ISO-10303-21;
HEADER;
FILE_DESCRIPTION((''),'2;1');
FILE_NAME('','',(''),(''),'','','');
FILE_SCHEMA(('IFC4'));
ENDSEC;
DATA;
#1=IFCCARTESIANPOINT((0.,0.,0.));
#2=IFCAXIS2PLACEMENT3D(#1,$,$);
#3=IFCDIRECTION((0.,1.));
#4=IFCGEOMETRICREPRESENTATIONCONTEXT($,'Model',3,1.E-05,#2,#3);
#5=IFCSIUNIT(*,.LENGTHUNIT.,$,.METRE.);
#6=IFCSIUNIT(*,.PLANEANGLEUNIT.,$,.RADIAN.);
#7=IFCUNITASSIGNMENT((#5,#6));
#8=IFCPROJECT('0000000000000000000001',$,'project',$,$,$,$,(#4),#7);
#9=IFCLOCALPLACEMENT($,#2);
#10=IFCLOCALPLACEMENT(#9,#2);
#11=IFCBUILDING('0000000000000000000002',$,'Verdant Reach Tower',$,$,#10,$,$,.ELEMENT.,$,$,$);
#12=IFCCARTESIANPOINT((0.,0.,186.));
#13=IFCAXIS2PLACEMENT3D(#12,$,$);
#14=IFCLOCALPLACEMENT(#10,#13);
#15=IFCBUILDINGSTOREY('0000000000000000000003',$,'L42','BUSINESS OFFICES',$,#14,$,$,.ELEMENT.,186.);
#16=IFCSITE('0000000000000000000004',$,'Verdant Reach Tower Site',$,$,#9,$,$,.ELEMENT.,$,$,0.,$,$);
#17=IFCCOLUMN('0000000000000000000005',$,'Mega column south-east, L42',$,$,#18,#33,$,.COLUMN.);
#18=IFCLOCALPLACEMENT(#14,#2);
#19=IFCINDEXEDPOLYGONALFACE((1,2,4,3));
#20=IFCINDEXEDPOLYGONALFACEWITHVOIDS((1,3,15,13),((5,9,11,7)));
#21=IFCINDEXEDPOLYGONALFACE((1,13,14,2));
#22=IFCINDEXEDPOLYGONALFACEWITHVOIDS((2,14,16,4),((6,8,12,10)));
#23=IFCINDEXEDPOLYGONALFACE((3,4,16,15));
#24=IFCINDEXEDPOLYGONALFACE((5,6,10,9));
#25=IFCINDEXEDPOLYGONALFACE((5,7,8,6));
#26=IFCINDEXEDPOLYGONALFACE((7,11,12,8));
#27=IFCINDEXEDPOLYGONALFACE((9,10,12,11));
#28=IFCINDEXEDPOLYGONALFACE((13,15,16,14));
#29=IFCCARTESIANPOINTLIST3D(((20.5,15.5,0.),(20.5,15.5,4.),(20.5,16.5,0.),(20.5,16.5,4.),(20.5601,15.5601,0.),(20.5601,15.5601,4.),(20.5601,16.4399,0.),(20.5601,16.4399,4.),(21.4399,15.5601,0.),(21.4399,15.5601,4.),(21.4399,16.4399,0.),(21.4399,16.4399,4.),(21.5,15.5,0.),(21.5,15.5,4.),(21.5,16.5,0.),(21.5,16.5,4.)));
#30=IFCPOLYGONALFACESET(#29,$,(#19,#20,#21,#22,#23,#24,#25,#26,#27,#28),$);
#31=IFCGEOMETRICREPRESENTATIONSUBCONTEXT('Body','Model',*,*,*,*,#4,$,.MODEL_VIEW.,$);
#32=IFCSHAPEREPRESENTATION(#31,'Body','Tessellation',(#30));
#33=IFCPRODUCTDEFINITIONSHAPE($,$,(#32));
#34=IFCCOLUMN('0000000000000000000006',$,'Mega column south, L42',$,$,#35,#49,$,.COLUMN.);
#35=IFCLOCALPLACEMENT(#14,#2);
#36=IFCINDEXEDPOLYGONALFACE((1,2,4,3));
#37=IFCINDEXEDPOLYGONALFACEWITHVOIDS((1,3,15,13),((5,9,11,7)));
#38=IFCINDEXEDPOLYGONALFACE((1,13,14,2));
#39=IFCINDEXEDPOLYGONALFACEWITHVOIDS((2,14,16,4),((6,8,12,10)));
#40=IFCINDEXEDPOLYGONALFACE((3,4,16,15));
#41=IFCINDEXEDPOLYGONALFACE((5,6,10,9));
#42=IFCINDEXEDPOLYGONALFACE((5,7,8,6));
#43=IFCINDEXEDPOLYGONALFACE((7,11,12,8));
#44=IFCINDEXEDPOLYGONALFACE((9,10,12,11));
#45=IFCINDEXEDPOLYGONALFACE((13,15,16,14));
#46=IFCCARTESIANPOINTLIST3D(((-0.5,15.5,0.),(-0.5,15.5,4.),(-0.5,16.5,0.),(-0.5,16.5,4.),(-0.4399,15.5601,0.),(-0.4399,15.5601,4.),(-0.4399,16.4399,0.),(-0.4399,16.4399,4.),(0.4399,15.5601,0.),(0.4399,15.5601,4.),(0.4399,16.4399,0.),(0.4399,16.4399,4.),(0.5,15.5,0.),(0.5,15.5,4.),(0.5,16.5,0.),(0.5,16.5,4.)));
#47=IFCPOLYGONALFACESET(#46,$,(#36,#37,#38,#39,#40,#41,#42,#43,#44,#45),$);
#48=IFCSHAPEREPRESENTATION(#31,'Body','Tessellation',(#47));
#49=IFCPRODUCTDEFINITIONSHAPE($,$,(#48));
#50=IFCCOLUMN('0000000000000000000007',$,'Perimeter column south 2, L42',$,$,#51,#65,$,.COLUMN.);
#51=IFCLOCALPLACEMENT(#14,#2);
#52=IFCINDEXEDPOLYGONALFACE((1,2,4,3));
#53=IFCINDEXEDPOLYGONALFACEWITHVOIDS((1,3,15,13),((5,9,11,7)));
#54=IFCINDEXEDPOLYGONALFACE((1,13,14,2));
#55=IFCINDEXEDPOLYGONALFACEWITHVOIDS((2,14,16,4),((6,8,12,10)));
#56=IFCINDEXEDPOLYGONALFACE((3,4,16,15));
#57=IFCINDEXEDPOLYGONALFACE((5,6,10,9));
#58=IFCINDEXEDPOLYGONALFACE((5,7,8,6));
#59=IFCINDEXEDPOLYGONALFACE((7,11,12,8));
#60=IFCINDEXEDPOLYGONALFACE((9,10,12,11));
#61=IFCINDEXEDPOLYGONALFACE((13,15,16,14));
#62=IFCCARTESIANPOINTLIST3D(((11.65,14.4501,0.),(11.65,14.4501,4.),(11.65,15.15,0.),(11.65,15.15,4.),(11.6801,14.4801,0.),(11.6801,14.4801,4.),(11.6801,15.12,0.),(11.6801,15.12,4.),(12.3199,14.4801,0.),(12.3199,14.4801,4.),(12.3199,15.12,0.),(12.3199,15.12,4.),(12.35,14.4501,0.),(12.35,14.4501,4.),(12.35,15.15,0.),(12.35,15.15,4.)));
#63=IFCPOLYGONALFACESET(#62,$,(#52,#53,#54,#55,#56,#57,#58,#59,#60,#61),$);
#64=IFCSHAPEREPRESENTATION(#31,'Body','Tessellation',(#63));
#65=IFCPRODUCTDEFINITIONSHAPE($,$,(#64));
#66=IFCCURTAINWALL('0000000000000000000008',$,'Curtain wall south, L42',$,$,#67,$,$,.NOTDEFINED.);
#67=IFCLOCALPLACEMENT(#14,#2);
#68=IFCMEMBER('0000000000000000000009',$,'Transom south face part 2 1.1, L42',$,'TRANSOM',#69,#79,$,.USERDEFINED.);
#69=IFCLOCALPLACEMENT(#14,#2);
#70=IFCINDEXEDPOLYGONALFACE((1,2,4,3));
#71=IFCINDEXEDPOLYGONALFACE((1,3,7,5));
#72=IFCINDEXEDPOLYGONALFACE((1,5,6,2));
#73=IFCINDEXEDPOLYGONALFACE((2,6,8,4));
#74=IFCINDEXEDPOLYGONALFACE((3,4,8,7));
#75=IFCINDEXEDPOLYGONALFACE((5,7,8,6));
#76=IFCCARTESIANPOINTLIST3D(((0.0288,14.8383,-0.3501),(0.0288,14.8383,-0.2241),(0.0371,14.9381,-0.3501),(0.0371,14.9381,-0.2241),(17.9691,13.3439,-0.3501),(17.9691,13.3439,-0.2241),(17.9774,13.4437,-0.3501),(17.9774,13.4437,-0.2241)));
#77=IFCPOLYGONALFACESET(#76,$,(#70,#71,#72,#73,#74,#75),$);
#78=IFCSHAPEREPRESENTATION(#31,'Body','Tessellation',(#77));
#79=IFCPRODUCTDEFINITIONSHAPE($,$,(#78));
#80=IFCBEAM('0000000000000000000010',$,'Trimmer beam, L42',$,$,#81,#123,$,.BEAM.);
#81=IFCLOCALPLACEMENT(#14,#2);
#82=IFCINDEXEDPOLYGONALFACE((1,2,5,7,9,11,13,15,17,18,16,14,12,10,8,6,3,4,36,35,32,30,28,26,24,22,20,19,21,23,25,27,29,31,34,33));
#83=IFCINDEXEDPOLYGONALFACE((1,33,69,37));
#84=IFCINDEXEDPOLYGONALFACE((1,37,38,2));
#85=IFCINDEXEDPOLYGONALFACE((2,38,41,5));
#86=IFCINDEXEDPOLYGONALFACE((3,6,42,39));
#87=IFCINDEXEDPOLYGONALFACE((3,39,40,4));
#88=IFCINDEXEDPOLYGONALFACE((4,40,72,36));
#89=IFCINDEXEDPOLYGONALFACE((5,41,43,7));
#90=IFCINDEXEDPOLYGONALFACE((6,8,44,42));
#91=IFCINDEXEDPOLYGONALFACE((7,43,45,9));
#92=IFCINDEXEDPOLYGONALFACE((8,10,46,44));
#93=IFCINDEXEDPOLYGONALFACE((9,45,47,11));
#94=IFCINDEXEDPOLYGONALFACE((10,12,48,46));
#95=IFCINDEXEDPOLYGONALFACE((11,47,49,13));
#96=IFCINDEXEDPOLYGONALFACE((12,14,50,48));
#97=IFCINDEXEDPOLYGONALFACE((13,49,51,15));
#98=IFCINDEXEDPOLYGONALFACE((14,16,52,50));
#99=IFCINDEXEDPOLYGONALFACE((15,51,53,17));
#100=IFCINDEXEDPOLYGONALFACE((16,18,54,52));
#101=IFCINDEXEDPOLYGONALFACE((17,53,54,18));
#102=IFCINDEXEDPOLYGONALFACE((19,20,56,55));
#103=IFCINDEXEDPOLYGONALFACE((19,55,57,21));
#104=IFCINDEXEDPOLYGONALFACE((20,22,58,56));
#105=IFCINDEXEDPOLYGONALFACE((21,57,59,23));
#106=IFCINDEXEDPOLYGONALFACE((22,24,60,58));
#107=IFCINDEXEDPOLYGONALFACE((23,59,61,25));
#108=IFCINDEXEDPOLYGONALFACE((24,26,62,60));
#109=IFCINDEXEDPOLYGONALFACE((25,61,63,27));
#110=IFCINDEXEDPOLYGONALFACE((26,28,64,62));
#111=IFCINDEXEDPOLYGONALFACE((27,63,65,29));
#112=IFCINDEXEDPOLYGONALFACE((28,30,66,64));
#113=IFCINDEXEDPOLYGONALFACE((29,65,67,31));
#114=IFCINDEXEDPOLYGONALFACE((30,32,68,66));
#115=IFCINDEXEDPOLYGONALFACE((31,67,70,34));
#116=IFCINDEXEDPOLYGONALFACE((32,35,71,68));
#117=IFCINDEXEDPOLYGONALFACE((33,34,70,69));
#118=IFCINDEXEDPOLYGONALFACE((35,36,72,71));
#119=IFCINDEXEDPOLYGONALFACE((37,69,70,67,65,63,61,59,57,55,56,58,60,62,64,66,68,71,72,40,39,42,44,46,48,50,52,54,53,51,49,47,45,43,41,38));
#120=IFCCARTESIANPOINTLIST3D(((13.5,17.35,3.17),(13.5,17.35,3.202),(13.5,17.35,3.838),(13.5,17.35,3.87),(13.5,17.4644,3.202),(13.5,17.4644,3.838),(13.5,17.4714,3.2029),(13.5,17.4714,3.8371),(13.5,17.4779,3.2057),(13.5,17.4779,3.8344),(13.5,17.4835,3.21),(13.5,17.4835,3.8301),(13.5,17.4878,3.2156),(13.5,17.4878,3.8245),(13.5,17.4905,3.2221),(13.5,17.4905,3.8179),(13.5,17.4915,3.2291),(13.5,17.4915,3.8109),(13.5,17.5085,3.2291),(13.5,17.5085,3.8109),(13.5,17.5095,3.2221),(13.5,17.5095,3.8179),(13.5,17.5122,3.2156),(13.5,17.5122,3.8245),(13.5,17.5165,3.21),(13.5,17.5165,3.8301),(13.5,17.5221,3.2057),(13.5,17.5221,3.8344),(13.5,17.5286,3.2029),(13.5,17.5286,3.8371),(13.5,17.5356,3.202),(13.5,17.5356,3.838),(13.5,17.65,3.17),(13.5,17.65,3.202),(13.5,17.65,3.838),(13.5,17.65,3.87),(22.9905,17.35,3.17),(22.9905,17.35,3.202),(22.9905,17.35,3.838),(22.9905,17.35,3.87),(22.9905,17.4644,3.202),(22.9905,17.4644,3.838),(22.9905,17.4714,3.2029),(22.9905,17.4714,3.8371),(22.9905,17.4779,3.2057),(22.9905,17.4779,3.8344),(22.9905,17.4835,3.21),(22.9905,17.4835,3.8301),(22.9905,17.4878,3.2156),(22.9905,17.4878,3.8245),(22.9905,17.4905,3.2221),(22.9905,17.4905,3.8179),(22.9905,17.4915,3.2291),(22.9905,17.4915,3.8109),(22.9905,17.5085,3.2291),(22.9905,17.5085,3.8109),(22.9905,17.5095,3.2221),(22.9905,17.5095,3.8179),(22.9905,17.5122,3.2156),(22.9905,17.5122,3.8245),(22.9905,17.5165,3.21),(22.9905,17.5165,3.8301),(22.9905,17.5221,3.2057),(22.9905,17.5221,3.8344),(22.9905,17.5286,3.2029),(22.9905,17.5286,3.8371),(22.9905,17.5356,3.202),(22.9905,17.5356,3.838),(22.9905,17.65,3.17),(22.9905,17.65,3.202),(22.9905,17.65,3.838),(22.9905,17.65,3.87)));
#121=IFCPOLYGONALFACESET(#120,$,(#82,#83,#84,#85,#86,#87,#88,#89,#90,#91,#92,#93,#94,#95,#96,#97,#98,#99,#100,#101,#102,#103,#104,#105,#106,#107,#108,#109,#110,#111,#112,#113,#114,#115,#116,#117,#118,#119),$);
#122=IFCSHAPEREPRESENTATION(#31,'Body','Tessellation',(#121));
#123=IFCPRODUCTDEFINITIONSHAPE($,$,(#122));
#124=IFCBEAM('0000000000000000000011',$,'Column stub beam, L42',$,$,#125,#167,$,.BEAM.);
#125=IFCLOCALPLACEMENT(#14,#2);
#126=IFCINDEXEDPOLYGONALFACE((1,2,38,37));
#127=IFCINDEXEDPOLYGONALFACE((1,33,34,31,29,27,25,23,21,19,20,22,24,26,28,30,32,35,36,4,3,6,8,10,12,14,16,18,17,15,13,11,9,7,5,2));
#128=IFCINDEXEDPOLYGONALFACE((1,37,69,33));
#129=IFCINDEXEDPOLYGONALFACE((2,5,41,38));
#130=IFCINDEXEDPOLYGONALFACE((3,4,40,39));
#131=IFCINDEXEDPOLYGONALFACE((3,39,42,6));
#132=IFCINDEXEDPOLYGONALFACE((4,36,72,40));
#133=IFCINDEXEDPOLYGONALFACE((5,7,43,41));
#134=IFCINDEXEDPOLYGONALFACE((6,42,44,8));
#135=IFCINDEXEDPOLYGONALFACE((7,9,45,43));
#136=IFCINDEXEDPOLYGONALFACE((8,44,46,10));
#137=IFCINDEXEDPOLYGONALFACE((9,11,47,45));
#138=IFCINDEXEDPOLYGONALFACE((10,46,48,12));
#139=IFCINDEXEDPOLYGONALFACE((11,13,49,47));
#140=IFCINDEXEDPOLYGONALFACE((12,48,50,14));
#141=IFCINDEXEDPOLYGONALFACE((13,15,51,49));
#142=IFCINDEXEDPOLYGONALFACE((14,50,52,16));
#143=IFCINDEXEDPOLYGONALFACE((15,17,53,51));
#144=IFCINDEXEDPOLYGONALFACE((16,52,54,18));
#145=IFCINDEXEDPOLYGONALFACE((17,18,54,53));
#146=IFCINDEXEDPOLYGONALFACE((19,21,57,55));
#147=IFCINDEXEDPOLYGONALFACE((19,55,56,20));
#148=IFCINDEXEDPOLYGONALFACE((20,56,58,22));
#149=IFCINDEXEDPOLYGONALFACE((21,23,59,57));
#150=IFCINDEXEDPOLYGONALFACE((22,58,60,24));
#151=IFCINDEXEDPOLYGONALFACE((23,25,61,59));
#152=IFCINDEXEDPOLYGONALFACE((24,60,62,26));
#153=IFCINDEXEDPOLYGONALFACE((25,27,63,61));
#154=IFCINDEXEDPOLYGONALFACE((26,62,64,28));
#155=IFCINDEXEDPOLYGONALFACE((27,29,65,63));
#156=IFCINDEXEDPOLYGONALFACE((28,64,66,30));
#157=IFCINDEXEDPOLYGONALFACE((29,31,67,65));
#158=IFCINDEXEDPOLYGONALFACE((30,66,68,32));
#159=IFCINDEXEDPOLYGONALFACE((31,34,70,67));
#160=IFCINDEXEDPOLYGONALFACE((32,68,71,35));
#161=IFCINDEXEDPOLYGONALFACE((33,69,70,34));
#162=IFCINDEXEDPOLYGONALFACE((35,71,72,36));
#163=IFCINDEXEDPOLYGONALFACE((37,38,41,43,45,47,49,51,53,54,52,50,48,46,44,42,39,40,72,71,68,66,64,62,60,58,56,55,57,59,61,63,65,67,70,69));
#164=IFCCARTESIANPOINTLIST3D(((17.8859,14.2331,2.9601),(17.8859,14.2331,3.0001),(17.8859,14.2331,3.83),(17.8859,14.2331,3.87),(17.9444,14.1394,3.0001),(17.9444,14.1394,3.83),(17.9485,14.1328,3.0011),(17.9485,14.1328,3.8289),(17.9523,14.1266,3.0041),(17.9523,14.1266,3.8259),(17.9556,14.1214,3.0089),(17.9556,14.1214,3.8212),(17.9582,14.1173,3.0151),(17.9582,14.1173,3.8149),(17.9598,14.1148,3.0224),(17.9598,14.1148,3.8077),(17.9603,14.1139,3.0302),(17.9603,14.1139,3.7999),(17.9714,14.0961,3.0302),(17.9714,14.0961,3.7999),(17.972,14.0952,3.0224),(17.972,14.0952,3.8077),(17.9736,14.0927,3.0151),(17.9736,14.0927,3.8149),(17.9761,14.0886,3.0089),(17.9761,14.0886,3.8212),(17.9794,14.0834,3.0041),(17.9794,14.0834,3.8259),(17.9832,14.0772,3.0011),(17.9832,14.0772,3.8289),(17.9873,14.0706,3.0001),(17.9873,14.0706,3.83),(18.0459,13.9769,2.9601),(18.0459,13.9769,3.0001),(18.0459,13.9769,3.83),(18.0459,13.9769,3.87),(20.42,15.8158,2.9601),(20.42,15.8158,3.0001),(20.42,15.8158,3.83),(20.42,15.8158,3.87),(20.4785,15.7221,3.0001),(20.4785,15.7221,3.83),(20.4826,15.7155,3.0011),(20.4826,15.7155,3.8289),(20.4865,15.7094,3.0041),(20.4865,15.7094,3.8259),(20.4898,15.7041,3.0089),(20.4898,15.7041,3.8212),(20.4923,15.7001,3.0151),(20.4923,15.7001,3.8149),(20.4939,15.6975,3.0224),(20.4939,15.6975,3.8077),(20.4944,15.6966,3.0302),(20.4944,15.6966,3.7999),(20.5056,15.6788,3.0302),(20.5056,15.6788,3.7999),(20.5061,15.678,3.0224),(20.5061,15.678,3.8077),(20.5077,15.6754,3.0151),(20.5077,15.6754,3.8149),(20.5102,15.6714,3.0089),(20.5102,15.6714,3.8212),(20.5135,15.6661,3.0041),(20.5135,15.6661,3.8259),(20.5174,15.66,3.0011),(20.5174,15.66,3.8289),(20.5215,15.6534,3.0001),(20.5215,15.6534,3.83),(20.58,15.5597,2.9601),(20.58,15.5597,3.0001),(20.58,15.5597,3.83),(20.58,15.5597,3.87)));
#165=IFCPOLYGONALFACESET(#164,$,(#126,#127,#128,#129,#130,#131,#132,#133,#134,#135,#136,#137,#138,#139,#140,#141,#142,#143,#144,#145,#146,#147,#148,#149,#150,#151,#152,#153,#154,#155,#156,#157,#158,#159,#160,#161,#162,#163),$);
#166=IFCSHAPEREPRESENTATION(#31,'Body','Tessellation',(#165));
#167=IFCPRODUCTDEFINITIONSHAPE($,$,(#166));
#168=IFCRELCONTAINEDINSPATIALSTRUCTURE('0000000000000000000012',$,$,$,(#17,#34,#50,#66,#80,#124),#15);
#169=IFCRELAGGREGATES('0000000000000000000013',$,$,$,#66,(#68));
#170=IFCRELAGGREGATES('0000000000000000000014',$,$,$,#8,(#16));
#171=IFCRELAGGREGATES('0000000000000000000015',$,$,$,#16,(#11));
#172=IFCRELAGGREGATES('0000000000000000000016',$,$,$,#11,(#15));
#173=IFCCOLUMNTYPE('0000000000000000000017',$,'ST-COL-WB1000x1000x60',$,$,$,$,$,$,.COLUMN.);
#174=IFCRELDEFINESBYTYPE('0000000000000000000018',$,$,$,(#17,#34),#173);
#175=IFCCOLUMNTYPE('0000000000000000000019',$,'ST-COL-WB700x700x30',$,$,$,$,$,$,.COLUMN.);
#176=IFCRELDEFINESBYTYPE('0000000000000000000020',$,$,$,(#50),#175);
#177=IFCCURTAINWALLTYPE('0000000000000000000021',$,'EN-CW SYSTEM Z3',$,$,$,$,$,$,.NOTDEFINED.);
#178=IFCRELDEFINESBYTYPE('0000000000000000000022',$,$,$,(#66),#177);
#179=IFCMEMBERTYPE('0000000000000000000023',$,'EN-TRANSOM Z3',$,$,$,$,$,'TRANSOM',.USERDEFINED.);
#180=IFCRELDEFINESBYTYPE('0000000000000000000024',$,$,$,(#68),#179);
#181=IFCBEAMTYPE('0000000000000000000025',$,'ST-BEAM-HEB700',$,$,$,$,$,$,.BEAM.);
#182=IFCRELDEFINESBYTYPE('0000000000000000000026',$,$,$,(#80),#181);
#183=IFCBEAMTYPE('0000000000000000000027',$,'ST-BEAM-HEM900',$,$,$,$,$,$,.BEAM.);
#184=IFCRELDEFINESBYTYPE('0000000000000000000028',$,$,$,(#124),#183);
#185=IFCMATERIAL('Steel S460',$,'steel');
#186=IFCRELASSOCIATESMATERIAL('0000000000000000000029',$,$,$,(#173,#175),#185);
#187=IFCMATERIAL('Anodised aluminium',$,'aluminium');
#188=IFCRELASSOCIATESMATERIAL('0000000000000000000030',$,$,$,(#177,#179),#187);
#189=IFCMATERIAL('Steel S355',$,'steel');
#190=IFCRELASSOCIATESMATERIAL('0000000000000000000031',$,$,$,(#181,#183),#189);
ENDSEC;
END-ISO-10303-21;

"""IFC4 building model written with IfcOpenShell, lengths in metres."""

from ifc_helpers import new_model, si_unit, direction, frame, origin, origin_2d, place, context, subcontext, project, spatial, rectangle, hollow_rectangle, i_section, extrude, material, material_profile, profile_set, type_object, element, aggregate, save


model = new_model("IFC4")

# Units and contexts
model_context = context("Model", 3, precision=1e-05, world=origin(), true_north=direction((0.0, 1.0)))
body_context = subcontext(model_context, "Body", "Model", "MODEL_VIEW")
ifc_project = project(units=[si_unit("LENGTHUNIT", "METRE"), si_unit("PLANEANGLEUNIT", "RADIAN")], contexts=[model_context])

# Site, building, storey
site_placement = place(None, origin())
site = spatial("IfcSite", under=ifc_project, at=site_placement, Name="Verdant Reach Tower Site", CompositionType="ELEMENT", RefElevation=0.0)
building_placement = place(site_placement, origin())
building = spatial("IfcBuilding", under=site, at=building_placement, Name="Verdant Reach Tower", CompositionType="ELEMENT")
storey_placement = place(building_placement, frame((0.0, 0.0, 186.0)))
storey = spatial("IfcBuildingStorey", under=building, at=storey_placement, Name="L42", Description="BUSINESS OFFICES", CompositionType="ELEMENT", Elevation=186.0)

# Columns
ifc_material_1 = material(Name="Steel S460", Category="steel")
ifc_material_profile_1 = material_profile(ifc_material_1, hollow_rectangle(XDim=1.0, YDim=1.0, WallThickness=0.0601, at=origin_2d()), Name="WB 1000x1000x60")
ifc_profile_set_1 = profile_set([ifc_material_profile_1], Name="Steel S460")
column_type_1 = type_object("IfcColumnType", Name="ST-COL-WB1000x1000x60", PredefinedType="COLUMN", material=ifc_profile_set_1)
for number, where, z_axis, x_axis, name in (
    (1, (21.0, 16.0, 0.0), (0.0, 0.0, 1.0), (1.0, 0.0, 0.0), "Mega column south-east, L42"),
    (2, (0.0, 16.0, 0.0), (0.0, 0.0, 1.0), (1.0, 0.0, 0.0), "Mega column south, L42"),
):
    element("IfcColumn", number, at=place(storey_placement, frame(where, z_axis=z_axis, x_axis=x_axis)), inside=storey, type_object=column_type_1, Name=name, PredefinedType="COLUMN", context=body_context, shape_type="SweptSolid", body=[
        extrude(hollow_rectangle(XDim=1.0, YDim=1.0, WallThickness=0.0601, at=origin_2d()), origin(), (0.0, 0.0, 1.0), 4.0),
    ])
ifc_material_profile_2 = material_profile(ifc_material_1, hollow_rectangle(XDim=0.7, YDim=0.7, WallThickness=0.03, at=origin_2d()), Name="WB 700x700x30")
ifc_profile_set_2 = profile_set([ifc_material_profile_2], Name="Steel S460")
column_type_2 = type_object("IfcColumnType", Name="ST-COL-WB700x700x30", PredefinedType="COLUMN", material=ifc_profile_set_2)
column_placement = place(storey_placement, frame((12.0, 14.8, 0.0), z_axis=(0.0, 0.0, 1.0), x_axis=(1.0, 0.0, 0.0)))
element("IfcColumn", 3, at=column_placement, inside=storey, type_object=column_type_2, Name="Perimeter column south 2, L42", PredefinedType="COLUMN", context=body_context, shape_type="SweptSolid", body=[
    extrude(hollow_rectangle(XDim=0.7, YDim=0.7, WallThickness=0.03, at=origin_2d()), origin(), (0.0, 0.0, 1.0), 4.0),
])

# Curtain wall, member
ifc_material_2 = material(Name="Anodised aluminium", Category="aluminium")
curtain_wall_type = type_object("IfcCurtainWallType", Name="EN-CW SYSTEM Z3", PredefinedType="NOTDEFINED", material=ifc_material_2)
curtain_wall_1_placement = place(storey_placement, origin())
curtain_wall_1 = element("IfcCurtainWall", 4, at=curtain_wall_1_placement, inside=storey, type_object=curtain_wall_type, Name="Curtain wall south, L42", PredefinedType="NOTDEFINED")
ifc_material_profile_3 = material_profile(ifc_material_2, rectangle(XDim=0.1001, YDim=0.126, at=origin_2d()), Name="Transom 126x100")
ifc_profile_set_3 = profile_set([ifc_material_profile_3], Name="Anodised aluminium")
member_type = type_object("IfcMemberType", Name="EN-TRANSOM Z3", ElementType="TRANSOM", PredefinedType="USERDEFINED", material=ifc_profile_set_3)
member_placement = place(storey_placement, frame((0.033, 14.8882, -0.2871), z_axis=(0.996549, -0.08301, 0.0), x_axis=(0.08301, 0.996549, 0.0)))
member = element("IfcMember", 5, at=member_placement, type_object=member_type, Name="Transom south face part 2 1.1, L42", ObjectType="TRANSOM", PredefinedType="USERDEFINED", context=body_context, shape_type="SweptSolid", body=[
    extrude(rectangle(XDim=0.1001, YDim=0.126, at=origin_2d()), origin(), (0.0, 0.0, 1.0), 18.0024),
])

# Beams
ifc_material_3 = material(Name="Steel S355", Category="steel")
ifc_material_profile_4 = material_profile(ifc_material_3, i_section(OverallWidth=0.3, OverallDepth=0.7, WebThickness=0.0171, FlangeThickness=0.032, FilletRadius=0.0271, at=origin_2d()), Name="HEB 700")
ifc_profile_set_4 = profile_set([ifc_material_profile_4], Name="Steel S355")
beam_type_1 = type_object("IfcBeamType", Name="ST-BEAM-HEB700", PredefinedType="BEAM", material=ifc_profile_set_4)
beam_1_placement = place(storey_placement, frame((13.5, 17.5, 3.52), z_axis=(1.0, 0.0, 0.0), x_axis=(0.0, 1.0, 0.0)))
element("IfcBeam", 6, at=beam_1_placement, inside=storey, type_object=beam_type_1, Name="Trimmer beam, L42", PredefinedType="BEAM", context=body_context, shape_type="SweptSolid", body=[
    extrude(i_section(OverallWidth=0.3, OverallDepth=0.7, WebThickness=0.0171, FlangeThickness=0.032, FilletRadius=0.0271, at=origin_2d()), origin(), (0.0, 0.0, 1.0), 9.4905),
])
ifc_material_profile_5 = material_profile(ifc_material_3, i_section(OverallWidth=0.302, OverallDepth=0.9099, WebThickness=0.021, FlangeThickness=0.04, FilletRadius=0.03, at=origin_2d()), Name="HEM 900")
ifc_profile_set_5 = profile_set([ifc_material_profile_5], Name="Steel S355")
beam_type_2 = type_object("IfcBeamType", Name="ST-BEAM-HEM900", PredefinedType="BEAM", material=ifc_profile_set_5)
beam_2_placement = place(storey_placement, frame((20.5, 15.6877, 3.415), z_axis=(-0.848164, -0.529735, 0.0), x_axis=(0.529735, -0.848164, 0.0)))
element("IfcBeam", 7, at=beam_2_placement, inside=storey, type_object=beam_type_2, Name="Column stub beam, L42", PredefinedType="BEAM", context=body_context, shape_type="SweptSolid", body=[
    extrude(i_section(OverallWidth=0.302, OverallDepth=0.9099, WebThickness=0.021, FlangeThickness=0.04, FilletRadius=0.03, at=origin_2d()), origin(), (0.0, 0.0, 1.0), 2.9878),
])

aggregate(curtain_wall_1, [member])

save(model, "model.ifc")
